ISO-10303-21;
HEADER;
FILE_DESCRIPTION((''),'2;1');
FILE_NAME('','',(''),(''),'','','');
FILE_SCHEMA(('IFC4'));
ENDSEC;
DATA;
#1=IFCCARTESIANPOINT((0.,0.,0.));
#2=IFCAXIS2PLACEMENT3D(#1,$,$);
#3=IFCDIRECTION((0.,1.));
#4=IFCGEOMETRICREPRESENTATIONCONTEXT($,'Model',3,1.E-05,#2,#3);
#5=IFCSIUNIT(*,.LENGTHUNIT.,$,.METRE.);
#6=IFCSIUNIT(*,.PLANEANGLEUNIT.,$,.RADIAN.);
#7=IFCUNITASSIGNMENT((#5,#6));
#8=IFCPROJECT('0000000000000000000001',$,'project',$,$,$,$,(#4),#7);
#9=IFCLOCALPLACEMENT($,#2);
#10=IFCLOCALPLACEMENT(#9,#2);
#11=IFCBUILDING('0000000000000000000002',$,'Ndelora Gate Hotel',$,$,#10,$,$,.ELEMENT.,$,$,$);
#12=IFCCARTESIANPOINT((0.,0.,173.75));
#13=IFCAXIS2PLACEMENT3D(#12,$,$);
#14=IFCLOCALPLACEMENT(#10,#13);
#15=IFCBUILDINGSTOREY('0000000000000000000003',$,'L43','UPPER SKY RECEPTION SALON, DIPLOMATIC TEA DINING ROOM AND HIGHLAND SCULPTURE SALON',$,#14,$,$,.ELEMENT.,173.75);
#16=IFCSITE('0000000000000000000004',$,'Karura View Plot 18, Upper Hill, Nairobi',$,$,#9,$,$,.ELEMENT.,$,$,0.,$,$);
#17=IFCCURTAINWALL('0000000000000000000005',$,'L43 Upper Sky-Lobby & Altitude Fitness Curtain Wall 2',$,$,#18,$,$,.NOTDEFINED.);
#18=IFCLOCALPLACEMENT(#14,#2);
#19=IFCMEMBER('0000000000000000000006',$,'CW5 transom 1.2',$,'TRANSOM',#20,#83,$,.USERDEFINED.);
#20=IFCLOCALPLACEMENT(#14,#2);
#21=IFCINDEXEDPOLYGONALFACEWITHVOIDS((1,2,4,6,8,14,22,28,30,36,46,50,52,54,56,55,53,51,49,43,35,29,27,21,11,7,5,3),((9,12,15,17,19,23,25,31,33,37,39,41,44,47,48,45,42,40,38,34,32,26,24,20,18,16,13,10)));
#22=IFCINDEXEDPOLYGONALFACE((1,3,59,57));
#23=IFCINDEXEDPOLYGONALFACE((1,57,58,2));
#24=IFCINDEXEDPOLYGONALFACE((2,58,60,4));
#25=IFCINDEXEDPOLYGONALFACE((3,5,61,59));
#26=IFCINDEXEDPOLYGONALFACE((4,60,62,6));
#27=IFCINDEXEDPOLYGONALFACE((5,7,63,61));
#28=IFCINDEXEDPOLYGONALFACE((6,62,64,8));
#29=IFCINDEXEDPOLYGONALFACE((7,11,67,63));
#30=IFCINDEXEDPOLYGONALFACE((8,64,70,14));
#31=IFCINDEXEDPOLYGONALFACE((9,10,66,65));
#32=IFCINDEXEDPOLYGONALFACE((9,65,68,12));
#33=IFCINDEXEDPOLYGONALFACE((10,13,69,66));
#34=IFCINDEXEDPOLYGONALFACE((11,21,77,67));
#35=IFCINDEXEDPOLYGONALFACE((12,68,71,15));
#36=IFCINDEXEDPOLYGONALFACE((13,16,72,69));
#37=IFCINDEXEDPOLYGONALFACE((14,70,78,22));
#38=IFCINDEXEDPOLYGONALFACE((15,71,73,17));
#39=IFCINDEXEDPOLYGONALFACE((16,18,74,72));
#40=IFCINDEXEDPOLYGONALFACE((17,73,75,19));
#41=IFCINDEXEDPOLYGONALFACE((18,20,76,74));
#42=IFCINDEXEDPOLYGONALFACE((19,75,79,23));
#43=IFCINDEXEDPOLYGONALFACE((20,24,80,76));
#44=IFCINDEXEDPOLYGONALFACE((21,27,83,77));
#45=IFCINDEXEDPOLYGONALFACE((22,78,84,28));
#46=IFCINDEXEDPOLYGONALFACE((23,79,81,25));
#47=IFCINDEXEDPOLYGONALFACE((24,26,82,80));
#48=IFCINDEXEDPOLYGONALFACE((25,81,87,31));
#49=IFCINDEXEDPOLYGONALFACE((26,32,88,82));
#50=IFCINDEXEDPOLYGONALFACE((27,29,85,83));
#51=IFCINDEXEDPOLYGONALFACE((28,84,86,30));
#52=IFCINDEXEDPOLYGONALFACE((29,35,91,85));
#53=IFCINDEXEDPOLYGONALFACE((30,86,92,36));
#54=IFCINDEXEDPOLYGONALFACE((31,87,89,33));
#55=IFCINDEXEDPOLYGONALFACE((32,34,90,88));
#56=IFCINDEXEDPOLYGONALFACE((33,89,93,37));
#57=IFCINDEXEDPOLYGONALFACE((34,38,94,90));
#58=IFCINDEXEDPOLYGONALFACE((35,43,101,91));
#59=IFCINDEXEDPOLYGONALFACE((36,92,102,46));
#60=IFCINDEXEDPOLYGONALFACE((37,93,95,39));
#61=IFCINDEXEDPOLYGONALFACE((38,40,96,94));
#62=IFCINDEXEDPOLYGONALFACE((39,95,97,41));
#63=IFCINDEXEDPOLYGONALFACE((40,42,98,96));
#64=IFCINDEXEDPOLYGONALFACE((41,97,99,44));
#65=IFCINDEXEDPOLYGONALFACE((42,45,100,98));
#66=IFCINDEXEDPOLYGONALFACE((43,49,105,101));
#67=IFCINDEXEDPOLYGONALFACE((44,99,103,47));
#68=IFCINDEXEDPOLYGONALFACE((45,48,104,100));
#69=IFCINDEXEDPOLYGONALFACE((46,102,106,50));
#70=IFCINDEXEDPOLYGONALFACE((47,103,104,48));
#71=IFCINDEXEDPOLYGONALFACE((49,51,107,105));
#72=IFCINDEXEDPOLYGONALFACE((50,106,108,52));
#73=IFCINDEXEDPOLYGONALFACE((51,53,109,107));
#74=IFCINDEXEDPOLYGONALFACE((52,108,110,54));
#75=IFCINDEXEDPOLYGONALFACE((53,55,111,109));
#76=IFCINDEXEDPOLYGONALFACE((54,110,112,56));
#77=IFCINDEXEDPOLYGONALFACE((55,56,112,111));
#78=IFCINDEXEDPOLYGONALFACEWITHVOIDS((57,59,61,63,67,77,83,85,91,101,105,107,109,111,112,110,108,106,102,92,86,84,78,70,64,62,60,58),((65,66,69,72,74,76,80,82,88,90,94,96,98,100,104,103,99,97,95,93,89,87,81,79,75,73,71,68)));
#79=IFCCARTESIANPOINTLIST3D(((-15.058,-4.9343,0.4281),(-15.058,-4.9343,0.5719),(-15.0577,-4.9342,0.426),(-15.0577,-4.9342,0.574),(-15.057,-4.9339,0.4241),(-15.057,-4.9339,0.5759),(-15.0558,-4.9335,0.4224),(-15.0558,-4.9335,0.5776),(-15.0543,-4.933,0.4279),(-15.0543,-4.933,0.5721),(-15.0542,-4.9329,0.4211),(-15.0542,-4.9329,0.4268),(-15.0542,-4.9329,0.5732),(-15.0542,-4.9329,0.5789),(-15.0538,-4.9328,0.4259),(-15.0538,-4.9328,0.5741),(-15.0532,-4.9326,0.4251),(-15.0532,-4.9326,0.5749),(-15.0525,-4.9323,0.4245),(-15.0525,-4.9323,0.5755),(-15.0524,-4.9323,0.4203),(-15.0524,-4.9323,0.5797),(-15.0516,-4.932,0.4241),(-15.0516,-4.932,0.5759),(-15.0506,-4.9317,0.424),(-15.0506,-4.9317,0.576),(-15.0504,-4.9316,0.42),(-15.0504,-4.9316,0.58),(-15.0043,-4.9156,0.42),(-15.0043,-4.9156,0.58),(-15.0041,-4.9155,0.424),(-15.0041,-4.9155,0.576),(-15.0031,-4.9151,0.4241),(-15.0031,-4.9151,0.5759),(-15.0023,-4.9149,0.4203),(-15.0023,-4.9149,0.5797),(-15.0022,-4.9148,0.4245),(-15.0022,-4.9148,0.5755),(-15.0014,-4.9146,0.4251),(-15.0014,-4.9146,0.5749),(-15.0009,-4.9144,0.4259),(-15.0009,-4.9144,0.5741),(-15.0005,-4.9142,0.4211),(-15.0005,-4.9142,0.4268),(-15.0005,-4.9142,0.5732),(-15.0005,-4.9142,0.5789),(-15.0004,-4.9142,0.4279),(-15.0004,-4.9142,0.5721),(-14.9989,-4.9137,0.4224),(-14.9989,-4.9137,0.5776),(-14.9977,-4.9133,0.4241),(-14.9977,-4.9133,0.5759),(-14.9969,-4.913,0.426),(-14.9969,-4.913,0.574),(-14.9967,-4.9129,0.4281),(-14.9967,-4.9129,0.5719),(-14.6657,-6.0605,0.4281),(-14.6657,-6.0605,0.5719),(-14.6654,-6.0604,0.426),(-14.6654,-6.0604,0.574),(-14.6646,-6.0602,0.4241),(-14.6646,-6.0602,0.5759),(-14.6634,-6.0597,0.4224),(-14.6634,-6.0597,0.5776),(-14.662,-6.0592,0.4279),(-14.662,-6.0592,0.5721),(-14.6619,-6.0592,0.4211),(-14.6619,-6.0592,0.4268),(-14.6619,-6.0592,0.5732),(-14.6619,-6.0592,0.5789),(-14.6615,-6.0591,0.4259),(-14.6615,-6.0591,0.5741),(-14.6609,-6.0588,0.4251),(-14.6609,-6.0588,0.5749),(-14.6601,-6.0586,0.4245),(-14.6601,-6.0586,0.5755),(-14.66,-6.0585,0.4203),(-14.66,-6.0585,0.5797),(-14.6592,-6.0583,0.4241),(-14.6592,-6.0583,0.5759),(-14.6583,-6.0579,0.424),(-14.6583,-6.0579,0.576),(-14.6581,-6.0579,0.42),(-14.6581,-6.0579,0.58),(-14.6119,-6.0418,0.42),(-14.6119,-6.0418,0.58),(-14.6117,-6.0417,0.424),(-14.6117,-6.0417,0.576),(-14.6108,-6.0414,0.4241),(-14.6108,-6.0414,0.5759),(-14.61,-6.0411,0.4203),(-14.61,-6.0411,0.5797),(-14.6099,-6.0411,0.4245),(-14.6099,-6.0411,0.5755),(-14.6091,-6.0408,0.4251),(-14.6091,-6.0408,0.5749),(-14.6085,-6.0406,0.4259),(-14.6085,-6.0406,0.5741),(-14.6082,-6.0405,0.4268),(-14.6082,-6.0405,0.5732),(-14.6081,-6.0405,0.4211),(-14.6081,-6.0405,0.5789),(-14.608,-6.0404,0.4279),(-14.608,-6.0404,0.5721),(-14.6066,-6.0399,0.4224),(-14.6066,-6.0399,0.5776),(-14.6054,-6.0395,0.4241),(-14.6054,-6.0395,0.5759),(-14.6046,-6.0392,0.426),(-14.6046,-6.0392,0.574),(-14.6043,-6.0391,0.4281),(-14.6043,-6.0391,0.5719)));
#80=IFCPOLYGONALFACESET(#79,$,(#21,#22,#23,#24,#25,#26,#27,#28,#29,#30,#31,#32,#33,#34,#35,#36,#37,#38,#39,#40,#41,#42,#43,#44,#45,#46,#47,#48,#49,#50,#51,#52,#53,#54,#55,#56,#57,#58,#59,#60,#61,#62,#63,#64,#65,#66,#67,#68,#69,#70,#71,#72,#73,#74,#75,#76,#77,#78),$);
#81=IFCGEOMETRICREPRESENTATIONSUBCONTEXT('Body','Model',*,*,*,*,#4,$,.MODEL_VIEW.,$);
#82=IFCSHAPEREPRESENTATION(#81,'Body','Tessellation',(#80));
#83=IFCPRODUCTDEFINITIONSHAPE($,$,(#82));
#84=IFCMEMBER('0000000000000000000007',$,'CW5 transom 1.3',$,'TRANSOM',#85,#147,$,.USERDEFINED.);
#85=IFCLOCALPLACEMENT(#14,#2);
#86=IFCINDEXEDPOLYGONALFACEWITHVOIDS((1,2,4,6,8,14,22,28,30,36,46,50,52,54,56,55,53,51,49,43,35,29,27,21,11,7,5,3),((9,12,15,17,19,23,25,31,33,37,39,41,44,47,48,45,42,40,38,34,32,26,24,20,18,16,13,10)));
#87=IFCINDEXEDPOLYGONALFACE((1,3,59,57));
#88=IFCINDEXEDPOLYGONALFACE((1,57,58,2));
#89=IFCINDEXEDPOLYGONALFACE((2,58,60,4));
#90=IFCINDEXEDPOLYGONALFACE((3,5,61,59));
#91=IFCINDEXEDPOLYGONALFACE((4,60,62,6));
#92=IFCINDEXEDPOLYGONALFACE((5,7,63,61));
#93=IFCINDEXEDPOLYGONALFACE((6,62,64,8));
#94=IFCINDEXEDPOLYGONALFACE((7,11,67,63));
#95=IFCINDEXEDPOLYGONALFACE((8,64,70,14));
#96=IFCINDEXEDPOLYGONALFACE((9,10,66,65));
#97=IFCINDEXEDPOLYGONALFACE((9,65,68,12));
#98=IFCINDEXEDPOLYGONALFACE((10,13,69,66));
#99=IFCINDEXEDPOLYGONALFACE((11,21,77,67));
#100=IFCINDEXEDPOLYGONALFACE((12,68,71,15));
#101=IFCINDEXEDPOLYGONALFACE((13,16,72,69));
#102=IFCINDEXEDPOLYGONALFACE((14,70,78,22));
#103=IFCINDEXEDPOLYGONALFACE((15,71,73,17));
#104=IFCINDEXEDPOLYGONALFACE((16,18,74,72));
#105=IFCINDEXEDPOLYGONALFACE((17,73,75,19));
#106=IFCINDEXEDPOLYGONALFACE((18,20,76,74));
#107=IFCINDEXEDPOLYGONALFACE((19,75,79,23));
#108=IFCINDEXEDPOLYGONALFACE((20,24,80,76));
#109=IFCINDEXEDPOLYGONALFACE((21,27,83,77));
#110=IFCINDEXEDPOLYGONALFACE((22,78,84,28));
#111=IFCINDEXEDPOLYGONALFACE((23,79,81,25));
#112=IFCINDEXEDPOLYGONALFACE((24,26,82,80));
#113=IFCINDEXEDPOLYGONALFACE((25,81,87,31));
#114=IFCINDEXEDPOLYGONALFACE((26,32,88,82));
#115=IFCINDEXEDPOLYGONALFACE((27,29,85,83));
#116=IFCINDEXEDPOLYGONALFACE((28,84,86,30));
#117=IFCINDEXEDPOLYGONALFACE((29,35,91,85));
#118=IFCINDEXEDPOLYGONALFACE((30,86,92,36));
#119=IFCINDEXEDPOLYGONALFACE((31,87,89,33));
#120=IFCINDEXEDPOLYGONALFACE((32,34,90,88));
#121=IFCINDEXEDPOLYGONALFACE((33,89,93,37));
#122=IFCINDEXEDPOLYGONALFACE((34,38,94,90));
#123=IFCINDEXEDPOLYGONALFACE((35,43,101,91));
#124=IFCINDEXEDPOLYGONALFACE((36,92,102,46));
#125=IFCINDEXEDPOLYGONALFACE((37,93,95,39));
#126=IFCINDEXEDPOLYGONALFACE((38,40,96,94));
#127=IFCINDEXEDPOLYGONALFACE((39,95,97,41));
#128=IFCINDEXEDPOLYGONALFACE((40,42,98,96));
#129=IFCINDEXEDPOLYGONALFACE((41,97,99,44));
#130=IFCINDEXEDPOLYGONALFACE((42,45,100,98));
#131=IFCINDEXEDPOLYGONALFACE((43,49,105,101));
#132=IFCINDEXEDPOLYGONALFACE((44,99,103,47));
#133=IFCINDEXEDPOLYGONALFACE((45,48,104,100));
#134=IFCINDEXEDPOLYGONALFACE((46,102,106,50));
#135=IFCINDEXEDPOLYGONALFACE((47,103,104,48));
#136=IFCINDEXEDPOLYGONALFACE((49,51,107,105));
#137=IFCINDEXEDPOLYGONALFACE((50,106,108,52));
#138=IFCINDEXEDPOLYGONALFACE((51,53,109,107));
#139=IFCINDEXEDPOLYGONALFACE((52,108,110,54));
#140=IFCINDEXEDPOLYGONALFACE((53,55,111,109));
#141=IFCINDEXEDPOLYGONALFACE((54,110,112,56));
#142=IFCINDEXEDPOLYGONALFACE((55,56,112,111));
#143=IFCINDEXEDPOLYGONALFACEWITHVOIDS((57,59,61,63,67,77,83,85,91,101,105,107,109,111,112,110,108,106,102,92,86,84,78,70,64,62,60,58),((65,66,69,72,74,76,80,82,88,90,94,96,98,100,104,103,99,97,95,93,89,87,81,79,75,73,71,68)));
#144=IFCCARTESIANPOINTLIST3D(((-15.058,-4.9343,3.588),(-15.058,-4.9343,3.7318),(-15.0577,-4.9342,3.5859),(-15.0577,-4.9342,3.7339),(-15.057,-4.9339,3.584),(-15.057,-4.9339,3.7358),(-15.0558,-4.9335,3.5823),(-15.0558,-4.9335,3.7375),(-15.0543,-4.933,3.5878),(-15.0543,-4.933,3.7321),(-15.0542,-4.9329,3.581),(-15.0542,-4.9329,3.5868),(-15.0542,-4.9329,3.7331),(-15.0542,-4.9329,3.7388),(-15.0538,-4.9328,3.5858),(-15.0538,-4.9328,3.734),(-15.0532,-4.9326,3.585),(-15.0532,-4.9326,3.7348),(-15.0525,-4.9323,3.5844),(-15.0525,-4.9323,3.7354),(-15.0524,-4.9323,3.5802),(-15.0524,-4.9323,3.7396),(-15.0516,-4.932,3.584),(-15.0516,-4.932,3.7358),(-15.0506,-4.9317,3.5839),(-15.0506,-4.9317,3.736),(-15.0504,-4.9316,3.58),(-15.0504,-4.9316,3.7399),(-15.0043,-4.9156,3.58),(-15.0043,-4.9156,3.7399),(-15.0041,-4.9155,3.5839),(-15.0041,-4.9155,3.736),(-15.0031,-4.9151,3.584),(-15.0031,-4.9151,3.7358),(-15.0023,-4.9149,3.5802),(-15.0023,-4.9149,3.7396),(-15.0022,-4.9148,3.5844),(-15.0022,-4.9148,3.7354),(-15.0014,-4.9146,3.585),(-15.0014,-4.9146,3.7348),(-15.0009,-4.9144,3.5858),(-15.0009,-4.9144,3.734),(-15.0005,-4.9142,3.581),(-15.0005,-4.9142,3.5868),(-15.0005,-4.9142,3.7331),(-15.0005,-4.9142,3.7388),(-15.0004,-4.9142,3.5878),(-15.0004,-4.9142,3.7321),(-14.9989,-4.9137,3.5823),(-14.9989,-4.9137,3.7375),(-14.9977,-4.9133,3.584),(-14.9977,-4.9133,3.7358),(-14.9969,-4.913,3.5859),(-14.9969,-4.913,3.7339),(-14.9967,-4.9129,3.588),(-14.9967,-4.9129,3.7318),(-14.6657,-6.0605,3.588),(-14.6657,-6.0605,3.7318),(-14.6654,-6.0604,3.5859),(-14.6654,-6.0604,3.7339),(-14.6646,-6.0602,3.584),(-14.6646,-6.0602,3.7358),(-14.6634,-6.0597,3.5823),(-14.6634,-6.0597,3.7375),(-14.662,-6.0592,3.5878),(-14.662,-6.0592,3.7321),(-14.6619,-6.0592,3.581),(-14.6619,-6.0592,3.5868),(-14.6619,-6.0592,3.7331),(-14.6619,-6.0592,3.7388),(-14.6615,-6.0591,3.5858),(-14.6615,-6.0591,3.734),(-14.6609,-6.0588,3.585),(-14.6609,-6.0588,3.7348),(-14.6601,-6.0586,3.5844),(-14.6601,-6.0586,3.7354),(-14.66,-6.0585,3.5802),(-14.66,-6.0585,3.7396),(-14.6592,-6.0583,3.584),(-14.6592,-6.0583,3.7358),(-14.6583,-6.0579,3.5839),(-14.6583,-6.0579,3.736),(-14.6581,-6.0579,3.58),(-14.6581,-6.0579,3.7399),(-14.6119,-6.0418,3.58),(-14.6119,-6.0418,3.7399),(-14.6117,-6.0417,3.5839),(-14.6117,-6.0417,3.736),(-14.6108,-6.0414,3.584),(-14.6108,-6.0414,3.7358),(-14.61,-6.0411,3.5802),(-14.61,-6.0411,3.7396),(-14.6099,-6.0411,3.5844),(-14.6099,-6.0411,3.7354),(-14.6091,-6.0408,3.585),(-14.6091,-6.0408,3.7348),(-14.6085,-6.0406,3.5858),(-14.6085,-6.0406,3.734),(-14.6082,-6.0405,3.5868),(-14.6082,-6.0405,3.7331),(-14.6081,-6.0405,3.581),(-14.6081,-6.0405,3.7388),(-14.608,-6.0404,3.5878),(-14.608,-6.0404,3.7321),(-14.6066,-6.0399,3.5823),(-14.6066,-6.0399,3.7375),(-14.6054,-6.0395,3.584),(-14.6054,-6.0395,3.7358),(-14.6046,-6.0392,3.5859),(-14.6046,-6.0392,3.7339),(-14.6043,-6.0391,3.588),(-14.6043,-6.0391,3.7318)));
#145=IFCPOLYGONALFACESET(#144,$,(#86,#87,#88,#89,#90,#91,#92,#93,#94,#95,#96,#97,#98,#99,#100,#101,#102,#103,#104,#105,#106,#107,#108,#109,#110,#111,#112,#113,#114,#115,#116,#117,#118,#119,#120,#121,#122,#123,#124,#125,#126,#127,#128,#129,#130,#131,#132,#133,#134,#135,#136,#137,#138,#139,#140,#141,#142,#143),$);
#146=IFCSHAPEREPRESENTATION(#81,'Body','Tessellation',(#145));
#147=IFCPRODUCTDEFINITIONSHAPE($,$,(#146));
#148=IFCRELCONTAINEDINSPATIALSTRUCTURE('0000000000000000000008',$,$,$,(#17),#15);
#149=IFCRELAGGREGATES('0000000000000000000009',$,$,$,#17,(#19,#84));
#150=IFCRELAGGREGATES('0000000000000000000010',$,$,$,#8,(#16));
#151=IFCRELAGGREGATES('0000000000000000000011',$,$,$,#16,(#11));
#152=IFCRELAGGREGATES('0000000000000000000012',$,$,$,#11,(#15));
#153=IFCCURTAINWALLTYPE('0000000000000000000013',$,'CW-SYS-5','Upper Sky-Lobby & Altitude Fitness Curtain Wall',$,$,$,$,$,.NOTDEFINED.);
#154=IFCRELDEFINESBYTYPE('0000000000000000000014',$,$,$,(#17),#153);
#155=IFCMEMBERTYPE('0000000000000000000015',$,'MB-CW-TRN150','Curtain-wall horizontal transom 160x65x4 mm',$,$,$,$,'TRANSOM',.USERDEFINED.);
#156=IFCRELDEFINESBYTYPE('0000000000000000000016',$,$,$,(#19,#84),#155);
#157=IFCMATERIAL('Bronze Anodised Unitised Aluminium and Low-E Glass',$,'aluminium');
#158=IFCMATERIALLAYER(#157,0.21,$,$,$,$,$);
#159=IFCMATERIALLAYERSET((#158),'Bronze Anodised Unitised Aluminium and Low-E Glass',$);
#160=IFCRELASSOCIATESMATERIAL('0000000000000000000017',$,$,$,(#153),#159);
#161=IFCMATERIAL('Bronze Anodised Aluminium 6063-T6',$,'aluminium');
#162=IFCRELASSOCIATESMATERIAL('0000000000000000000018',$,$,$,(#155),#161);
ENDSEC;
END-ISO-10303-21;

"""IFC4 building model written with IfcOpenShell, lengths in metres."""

from ifc_helpers import new_model, si_unit, direction, frame, origin, origin_2d, place, context, subcontext, project, spatial, hollow_rectangle, extrude, material, layer, layer_set, material_profile, profile_set, type_object, element, aggregate, save


model = new_model("IFC4")

# Units and contexts
model_context = context("Model", 3, precision=1e-05, world=origin(), true_north=direction((0.0, 1.0)))
body_context = subcontext(model_context, "Body", "Model", "MODEL_VIEW")
ifc_project = project(units=[si_unit("LENGTHUNIT", "METRE"), si_unit("PLANEANGLEUNIT", "RADIAN")], contexts=[model_context])

# Site, building, storey
site_placement = place(None, origin())
site = spatial("IfcSite", under=ifc_project, at=site_placement, Name="Karura View Plot 18, Upper Hill, Nairobi", CompositionType="ELEMENT", RefElevation=0.0)
building_placement = place(site_placement, origin())
building = spatial("IfcBuilding", under=site, at=building_placement, Name="Ndelora Gate Hotel", CompositionType="ELEMENT")
storey_placement = place(building_placement, frame((0.0, 0.0, 173.75)))
storey = spatial("IfcBuildingStorey", under=building, at=storey_placement, Name="L43", Description="UPPER SKY RECEPTION SALON, DIPLOMATIC TEA DINING ROOM AND HIGHLAND SCULPTURE SALON", CompositionType="ELEMENT", Elevation=173.75)

# Curtain wall, members
ifc_material_1 = material(Name="Bronze Anodised Unitised Aluminium and Low-E Glass", Category="aluminium")
ifc_layer_1 = layer(ifc_material_1, 0.21)
ifc_layer_set_1 = layer_set([ifc_layer_1], Name="Bronze Anodised Unitised Aluminium and Low-E Glass")
curtain_wall_type = type_object("IfcCurtainWallType", Name="CW-SYS-5", Description="Upper Sky-Lobby & Altitude Fitness Curtain Wall", PredefinedType="NOTDEFINED", material=ifc_layer_set_1)
curtain_wall_placement = place(storey_placement, origin())
curtain_wall = element("IfcCurtainWall", 1, at=curtain_wall_placement, inside=storey, type_object=curtain_wall_type, Name="L43 Upper Sky-Lobby & Altitude Fitness Curtain Wall 2", PredefinedType="NOTDEFINED")
ifc_material_2 = material(Name="Bronze Anodised Aluminium 6063-T6", Category="aluminium")
ifc_material_profile_1 = material_profile(ifc_material_2, hollow_rectangle(XDim=0.0649, YDim=0.1599, WallThickness=0.0039, InnerFilletRadius=0.0039, OuterFilletRadius=0.0081, at=origin_2d()), Name="ALU 160x65x4")
ifc_profile_set_1 = profile_set([ifc_material_profile_1], Name="Bronze Anodised Aluminium 6063-T6")
member_type_1 = type_object("IfcMemberType", Name="MB-CW-TRN150", Description="Curtain-wall horizontal transom 160x65x4 mm", ElementType="TRANSOM", PredefinedType="USERDEFINED", material=ifc_profile_set_1)
member_1_placement = place(storey_placement, frame((-15.0273, -4.9236, 0.5), z_axis=(0.328973, -0.944339, 0.0), x_axis=(0.944339, 0.328973, 0.0)))
member_1 = element("IfcMember", 2, at=member_1_placement, type_object=member_type_1, Name="CW5 transom 1.2", ObjectType="TRANSOM", PredefinedType="USERDEFINED", context=body_context, shape_type="SweptSolid", body=[
    extrude(hollow_rectangle(XDim=0.0649, YDim=0.1599, WallThickness=0.0039, InnerFilletRadius=0.0039, OuterFilletRadius=0.0081, at=origin_2d()), origin(), (0.0, 0.0, 1.0), 1.1926),
])
member_2_placement = place(storey_placement, frame((-15.0273, -4.9236, 3.6599), z_axis=(0.328973, -0.944339, 0.0), x_axis=(0.944339, 0.328973, 0.0)))
member_2 = element("IfcMember", 3, at=member_2_placement, type_object=member_type_1, Name="CW5 transom 1.3", ObjectType="TRANSOM", PredefinedType="USERDEFINED", context=body_context, shape_type="SweptSolid", body=[
    extrude(hollow_rectangle(XDim=0.0649, YDim=0.1599, WallThickness=0.0039, InnerFilletRadius=0.0039, OuterFilletRadius=0.0081, at=origin_2d()), origin(), (0.0, 0.0, 1.0), 1.1926),
])
aggregate(curtain_wall, [member_1, member_2])

save(model, "model.ifc")
